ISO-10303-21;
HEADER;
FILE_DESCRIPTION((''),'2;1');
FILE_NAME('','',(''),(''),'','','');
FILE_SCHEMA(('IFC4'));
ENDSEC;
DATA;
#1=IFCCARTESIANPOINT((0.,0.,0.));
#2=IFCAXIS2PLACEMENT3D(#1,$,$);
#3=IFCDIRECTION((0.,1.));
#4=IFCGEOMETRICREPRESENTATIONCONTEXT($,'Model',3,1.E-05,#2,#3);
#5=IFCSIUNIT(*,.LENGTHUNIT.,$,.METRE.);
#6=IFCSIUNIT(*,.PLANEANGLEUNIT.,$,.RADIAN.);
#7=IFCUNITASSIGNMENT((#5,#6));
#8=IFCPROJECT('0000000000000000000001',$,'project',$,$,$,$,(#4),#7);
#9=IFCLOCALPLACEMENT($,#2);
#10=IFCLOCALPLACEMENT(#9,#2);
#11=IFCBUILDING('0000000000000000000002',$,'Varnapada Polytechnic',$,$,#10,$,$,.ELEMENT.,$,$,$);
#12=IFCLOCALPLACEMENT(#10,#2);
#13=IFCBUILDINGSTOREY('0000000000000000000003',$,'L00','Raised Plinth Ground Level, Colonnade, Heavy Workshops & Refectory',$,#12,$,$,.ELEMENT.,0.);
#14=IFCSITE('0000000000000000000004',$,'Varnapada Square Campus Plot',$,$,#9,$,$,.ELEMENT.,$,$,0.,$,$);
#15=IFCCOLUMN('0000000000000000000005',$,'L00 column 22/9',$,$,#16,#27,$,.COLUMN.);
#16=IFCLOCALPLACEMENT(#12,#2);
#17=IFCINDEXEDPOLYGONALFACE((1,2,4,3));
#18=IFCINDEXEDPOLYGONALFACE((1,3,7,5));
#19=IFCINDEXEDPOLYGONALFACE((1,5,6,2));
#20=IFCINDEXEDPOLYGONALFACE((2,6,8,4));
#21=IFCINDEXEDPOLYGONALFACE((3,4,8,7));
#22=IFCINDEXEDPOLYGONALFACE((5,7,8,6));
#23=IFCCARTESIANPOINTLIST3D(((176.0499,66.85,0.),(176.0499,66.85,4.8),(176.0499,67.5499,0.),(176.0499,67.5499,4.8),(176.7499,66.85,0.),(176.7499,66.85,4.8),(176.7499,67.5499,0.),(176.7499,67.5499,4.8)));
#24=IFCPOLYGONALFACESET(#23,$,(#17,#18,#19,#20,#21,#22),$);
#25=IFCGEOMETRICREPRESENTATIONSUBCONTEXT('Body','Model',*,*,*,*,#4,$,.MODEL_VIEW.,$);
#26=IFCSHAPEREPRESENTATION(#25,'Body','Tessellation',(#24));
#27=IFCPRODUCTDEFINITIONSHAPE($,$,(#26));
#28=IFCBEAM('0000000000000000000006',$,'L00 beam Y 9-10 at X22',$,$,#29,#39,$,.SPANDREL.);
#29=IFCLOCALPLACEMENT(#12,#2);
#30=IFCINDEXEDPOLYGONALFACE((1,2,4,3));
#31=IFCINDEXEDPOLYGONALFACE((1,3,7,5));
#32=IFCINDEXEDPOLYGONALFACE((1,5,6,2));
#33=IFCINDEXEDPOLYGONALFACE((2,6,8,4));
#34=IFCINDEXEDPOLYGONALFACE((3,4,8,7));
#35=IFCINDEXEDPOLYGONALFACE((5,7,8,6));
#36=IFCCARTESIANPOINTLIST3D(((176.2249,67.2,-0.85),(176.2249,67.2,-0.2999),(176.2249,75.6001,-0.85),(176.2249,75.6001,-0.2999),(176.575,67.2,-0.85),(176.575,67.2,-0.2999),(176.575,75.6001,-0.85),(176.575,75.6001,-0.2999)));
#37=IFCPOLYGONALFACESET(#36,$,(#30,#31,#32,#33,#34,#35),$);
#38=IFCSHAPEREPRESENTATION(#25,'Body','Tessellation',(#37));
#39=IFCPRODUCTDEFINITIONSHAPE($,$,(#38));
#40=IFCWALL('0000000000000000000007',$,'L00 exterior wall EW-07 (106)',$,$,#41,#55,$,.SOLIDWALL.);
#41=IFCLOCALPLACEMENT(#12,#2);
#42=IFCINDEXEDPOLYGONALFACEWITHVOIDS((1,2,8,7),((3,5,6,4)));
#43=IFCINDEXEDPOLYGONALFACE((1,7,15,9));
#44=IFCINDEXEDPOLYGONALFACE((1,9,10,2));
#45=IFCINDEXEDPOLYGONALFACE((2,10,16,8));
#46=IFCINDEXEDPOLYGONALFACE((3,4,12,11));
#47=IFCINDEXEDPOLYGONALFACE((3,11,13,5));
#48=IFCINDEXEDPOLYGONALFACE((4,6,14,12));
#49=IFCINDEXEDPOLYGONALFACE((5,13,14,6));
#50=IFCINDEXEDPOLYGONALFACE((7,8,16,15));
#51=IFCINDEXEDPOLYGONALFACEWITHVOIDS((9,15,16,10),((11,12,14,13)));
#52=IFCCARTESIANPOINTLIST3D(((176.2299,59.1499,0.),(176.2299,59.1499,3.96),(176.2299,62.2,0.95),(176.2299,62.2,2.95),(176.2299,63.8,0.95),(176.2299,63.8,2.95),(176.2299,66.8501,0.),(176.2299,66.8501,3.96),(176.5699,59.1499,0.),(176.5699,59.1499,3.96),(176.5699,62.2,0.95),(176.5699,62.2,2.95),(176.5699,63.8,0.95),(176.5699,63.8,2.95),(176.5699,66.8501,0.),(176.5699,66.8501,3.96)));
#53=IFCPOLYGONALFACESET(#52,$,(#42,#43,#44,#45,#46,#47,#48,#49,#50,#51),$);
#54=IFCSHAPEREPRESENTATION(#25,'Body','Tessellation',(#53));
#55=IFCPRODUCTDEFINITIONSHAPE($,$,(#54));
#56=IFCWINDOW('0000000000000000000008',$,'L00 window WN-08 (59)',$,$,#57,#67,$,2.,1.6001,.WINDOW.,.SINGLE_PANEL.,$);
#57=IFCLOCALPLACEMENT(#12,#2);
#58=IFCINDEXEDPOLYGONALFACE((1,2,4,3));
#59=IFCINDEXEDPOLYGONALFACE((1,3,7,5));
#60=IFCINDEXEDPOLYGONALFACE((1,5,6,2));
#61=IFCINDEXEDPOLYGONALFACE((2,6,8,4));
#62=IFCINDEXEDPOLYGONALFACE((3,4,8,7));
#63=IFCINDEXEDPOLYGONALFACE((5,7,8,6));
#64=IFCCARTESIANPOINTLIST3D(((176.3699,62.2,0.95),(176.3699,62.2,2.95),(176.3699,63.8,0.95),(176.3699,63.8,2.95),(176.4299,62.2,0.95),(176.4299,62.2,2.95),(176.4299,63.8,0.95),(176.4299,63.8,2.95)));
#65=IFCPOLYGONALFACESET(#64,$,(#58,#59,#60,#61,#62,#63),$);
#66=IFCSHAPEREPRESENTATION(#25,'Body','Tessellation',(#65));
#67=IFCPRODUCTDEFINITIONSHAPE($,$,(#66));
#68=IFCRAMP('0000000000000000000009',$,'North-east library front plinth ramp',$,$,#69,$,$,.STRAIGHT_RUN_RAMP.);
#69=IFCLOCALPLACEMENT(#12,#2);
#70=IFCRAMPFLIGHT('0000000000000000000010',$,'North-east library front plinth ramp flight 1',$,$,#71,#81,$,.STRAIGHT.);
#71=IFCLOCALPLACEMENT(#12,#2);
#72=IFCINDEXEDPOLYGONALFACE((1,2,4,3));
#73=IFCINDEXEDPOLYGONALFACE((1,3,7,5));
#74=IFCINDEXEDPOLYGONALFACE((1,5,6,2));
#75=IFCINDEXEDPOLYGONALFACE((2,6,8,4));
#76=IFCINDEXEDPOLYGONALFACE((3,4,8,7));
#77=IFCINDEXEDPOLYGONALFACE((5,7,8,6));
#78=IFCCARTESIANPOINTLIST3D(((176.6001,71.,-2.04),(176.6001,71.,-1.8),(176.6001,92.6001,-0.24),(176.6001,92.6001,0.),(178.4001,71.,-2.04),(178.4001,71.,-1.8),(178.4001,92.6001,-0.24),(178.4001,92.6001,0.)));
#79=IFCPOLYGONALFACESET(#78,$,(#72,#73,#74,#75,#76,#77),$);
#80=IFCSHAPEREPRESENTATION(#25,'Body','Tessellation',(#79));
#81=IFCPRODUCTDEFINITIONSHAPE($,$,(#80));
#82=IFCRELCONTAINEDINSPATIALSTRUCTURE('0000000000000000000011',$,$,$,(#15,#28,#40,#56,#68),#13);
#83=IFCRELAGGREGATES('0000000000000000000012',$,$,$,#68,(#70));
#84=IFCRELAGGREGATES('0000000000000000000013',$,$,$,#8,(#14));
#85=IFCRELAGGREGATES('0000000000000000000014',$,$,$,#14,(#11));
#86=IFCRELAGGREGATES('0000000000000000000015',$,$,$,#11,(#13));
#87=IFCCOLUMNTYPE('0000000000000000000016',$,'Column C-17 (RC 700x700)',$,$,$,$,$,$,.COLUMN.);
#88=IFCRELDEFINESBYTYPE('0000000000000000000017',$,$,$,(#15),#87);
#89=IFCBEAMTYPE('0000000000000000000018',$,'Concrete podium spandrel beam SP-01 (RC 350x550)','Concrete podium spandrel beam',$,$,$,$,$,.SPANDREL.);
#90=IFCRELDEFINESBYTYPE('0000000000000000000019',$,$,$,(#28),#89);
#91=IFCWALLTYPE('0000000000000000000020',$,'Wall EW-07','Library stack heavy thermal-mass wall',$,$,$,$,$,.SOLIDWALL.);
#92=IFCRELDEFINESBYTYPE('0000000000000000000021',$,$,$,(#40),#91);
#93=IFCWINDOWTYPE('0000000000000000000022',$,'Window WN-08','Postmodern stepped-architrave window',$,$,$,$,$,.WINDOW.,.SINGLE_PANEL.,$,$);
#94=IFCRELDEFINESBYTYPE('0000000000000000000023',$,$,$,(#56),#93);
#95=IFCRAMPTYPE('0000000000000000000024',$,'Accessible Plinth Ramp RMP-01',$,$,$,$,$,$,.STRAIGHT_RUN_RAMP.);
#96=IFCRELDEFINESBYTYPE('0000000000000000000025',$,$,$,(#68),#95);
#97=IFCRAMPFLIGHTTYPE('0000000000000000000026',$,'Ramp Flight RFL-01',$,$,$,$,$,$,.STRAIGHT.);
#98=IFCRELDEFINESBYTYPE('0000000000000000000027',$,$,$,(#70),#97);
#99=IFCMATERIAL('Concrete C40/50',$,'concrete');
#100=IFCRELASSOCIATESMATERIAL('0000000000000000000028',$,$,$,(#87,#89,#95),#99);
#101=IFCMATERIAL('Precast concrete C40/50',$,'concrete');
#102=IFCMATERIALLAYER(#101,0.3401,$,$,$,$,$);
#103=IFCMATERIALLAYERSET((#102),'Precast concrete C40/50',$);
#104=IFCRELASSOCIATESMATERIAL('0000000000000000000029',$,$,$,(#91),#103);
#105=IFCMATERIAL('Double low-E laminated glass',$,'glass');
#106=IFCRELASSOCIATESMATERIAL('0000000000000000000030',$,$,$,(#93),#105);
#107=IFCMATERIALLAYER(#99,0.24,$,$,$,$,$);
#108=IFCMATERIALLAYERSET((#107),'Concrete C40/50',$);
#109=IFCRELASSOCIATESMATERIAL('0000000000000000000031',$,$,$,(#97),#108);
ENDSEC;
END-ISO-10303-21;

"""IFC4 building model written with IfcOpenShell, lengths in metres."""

from ifc_helpers import new_model, si_unit, direction, frame, frame_2d, origin, origin_2d, place, context, subcontext, project, spatial, polyline, rectangle, outline, extrude, material, layer, layer_set, material_profile, profile_set, type_object, element, fill, aggregate, save


model = new_model("IFC4")

# Units and contexts
model_context = context("Model", 3, precision=1e-05, world=origin(), true_north=direction((0.0, 1.0)))
body_context = subcontext(model_context, "Body", "Model", "MODEL_VIEW")
ifc_project = project(units=[si_unit("LENGTHUNIT", "METRE"), si_unit("PLANEANGLEUNIT", "RADIAN")], contexts=[model_context])

# Site, building, storey
site_placement = place(None, origin())
site = spatial("IfcSite", under=ifc_project, at=site_placement, Name="Varnapada Square Campus Plot", CompositionType="ELEMENT", RefElevation=0.0)
building_placement = place(site_placement, origin())
building = spatial("IfcBuilding", under=site, at=building_placement, Name="Varnapada Polytechnic", CompositionType="ELEMENT")
storey_placement = place(building_placement, origin())
storey = spatial("IfcBuildingStorey", under=building, at=storey_placement, Name="L00", Description="Raised Plinth Ground Level, Colonnade, Heavy Workshops & Refectory", CompositionType="ELEMENT", Elevation=0.0)

# Column
ifc_material_1 = material(Name="Concrete C40/50", Category="concrete")
ifc_material_profile_1 = material_profile(ifc_material_1, rectangle(XDim=0.7, YDim=0.7, at=origin_2d()), Name="RC 700x700")
ifc_profile_set_1 = profile_set([ifc_material_profile_1], Name="Concrete C40/50")
column_type = type_object("IfcColumnType", Name="Column C-17 (RC 700x700)", PredefinedType="COLUMN", material=ifc_profile_set_1)
column_placement = place(storey_placement, frame((176.3999, 67.2, 0.0), z_axis=(0.0, 0.0, 1.0), x_axis=(1.0, 0.0, 0.0)))
element("IfcColumn", 1, at=column_placement, inside=storey, type_object=column_type, Name="L00 column 22/9", PredefinedType="COLUMN", context=body_context, shape_type="SweptSolid", body=[
    extrude(rectangle(XDim=0.7, YDim=0.7, at=origin_2d()), origin(), (0.0, 0.0, 1.0), 4.8),
])

# Beam
ifc_material_profile_2 = material_profile(ifc_material_1, rectangle(XDim=0.3501, YDim=0.55, at=origin_2d()), Name="RC 350x550")
ifc_profile_set_2 = profile_set([ifc_material_profile_2], Name="Concrete C40/50")
beam_type = type_object("IfcBeamType", Name="Concrete podium spandrel beam SP-01 (RC 350x550)", Description="Concrete podium spandrel beam", PredefinedType="SPANDREL", material=ifc_profile_set_2)
beam_placement = place(storey_placement, frame((176.3999, 67.2, -0.575), z_axis=(0.0, 1.0, 0.0), x_axis=(-1.0, 0.0, 0.0)))
element("IfcBeam", 2, at=beam_placement, inside=storey, type_object=beam_type, Name="L00 beam Y 9-10 at X22", PredefinedType="SPANDREL", context=body_context, shape_type="SweptSolid", body=[
    extrude(rectangle(XDim=0.3501, YDim=0.55, at=origin_2d()), origin(), (0.0, 0.0, 1.0), 8.4001),
])

# Wall, opening, window
ifc_material_2 = material(Name="Precast concrete C40/50", Category="concrete")
ifc_layer_1 = layer(ifc_material_2, 0.3401)
ifc_layer_set_1 = layer_set([ifc_layer_1], Name="Precast concrete C40/50")
wall_type = type_object("IfcWallType", Name="Wall EW-07", Description="Library stack heavy thermal-mass wall", PredefinedType="SOLIDWALL", material=ifc_layer_set_1)
wall_placement = place(storey_placement, frame((176.3999, 66.8501, 0.0), z_axis=(0.0, 0.0, 1.0), x_axis=(0.0, -1.0, 0.0)))
wall = element("IfcWall", 3, at=wall_placement, inside=storey, type_object=wall_type, Name="L00 exterior wall EW-07 (106)", PredefinedType="SOLIDWALL", context=body_context, shape_type="SweptSolid", body=[
    extrude(rectangle(XDim=7.7002, YDim=0.3401, at=frame_2d((3.8501, 0.0))), origin(), (0.0, 0.0, 1.0), 3.96),
])
opening_1_placement = place(wall_placement, frame((3.05, 0.0, 0.95)))
opening_1 = element("IfcOpeningElement", 4, at=opening_1_placement, cuts=wall, PredefinedType="OPENING", context=body_context, shape_type="SweptSolid", body=[
    extrude(rectangle(XDim=1.6001, YDim=2.0, at=frame_2d((0.8, 1.0))), frame((0.0, 0.1799, 0.0), z_axis=(0.0, -1.0, 0.0), x_axis=(1.0, 0.0, 0.0)), (0.0, 0.0, 1.0), 0.3601),
])
ifc_material_3 = material(Name="Double low-E laminated glass", Category="glass")
window_type = type_object("IfcWindowType", Name="Window WN-08", Description="Postmodern stepped-architrave window", PartitioningType="SINGLE_PANEL", PredefinedType="WINDOW", material=ifc_material_3)
window_placement = place(opening_1_placement, origin())
window = element("IfcWindow", 5, at=window_placement, inside=storey, type_object=window_type, Name="L00 window WN-08 (59)", OverallHeight=2.0, OverallWidth=1.6001, PartitioningType="SINGLE_PANEL", PredefinedType="WINDOW", context=body_context, shape_type="SweptSolid", body=[
    extrude(rectangle(XDim=1.6001, YDim=2.0, at=frame_2d((0.8, 1.0))), frame((0.0, 0.03, 0.0), z_axis=(0.0, -1.0, 0.0), x_axis=(1.0, 0.0, 0.0)), (0.0, 0.0, 1.0), 0.0601),
])
fill(opening_1, window)

# Ramp, ramp flight
ramp_type = type_object("IfcRampType", Name="Accessible Plinth Ramp RMP-01", PredefinedType="STRAIGHT_RUN_RAMP", material=ifc_material_1)
ramp_placement = place(storey_placement, origin())
ramp = element("IfcRamp", 6, at=ramp_placement, inside=storey, type_object=ramp_type, Name="North-east library front plinth ramp", PredefinedType="STRAIGHT_RUN_RAMP")
ifc_layer_2 = layer(ifc_material_1, 0.24)
ifc_layer_set_2 = layer_set([ifc_layer_2], Name="Concrete C40/50")
ramp_flight_type = type_object("IfcRampFlightType", Name="Ramp Flight RFL-01", PredefinedType="STRAIGHT", material=ifc_layer_set_2)
ramp_flight_placement = place(storey_placement, frame((177.5, 71.0, -1.8), z_axis=(0.0, 0.0, 1.0), x_axis=(0.0, 1.0, 0.0)))
ramp_flight = element("IfcRampFlight", 7, at=ramp_flight_placement, type_object=ramp_flight_type, Name="North-east library front plinth ramp flight 1", PredefinedType="STRAIGHT", context=body_context, shape_type="SweptSolid", body=[
    extrude(outline(polyline([(0.0, 0.0), (21.6001, 1.8), (21.6001, 1.5601), (0.0, -0.24), (0.0, 0.0)])), frame((0.0, 0.8999, 0.0), z_axis=(0.0, -1.0, 0.0), x_axis=(1.0, 0.0, 0.0)), (0.0, 0.0, 1.0), 1.8),
])
aggregate(ramp, [ramp_flight])

save(model, "model.ifc")
